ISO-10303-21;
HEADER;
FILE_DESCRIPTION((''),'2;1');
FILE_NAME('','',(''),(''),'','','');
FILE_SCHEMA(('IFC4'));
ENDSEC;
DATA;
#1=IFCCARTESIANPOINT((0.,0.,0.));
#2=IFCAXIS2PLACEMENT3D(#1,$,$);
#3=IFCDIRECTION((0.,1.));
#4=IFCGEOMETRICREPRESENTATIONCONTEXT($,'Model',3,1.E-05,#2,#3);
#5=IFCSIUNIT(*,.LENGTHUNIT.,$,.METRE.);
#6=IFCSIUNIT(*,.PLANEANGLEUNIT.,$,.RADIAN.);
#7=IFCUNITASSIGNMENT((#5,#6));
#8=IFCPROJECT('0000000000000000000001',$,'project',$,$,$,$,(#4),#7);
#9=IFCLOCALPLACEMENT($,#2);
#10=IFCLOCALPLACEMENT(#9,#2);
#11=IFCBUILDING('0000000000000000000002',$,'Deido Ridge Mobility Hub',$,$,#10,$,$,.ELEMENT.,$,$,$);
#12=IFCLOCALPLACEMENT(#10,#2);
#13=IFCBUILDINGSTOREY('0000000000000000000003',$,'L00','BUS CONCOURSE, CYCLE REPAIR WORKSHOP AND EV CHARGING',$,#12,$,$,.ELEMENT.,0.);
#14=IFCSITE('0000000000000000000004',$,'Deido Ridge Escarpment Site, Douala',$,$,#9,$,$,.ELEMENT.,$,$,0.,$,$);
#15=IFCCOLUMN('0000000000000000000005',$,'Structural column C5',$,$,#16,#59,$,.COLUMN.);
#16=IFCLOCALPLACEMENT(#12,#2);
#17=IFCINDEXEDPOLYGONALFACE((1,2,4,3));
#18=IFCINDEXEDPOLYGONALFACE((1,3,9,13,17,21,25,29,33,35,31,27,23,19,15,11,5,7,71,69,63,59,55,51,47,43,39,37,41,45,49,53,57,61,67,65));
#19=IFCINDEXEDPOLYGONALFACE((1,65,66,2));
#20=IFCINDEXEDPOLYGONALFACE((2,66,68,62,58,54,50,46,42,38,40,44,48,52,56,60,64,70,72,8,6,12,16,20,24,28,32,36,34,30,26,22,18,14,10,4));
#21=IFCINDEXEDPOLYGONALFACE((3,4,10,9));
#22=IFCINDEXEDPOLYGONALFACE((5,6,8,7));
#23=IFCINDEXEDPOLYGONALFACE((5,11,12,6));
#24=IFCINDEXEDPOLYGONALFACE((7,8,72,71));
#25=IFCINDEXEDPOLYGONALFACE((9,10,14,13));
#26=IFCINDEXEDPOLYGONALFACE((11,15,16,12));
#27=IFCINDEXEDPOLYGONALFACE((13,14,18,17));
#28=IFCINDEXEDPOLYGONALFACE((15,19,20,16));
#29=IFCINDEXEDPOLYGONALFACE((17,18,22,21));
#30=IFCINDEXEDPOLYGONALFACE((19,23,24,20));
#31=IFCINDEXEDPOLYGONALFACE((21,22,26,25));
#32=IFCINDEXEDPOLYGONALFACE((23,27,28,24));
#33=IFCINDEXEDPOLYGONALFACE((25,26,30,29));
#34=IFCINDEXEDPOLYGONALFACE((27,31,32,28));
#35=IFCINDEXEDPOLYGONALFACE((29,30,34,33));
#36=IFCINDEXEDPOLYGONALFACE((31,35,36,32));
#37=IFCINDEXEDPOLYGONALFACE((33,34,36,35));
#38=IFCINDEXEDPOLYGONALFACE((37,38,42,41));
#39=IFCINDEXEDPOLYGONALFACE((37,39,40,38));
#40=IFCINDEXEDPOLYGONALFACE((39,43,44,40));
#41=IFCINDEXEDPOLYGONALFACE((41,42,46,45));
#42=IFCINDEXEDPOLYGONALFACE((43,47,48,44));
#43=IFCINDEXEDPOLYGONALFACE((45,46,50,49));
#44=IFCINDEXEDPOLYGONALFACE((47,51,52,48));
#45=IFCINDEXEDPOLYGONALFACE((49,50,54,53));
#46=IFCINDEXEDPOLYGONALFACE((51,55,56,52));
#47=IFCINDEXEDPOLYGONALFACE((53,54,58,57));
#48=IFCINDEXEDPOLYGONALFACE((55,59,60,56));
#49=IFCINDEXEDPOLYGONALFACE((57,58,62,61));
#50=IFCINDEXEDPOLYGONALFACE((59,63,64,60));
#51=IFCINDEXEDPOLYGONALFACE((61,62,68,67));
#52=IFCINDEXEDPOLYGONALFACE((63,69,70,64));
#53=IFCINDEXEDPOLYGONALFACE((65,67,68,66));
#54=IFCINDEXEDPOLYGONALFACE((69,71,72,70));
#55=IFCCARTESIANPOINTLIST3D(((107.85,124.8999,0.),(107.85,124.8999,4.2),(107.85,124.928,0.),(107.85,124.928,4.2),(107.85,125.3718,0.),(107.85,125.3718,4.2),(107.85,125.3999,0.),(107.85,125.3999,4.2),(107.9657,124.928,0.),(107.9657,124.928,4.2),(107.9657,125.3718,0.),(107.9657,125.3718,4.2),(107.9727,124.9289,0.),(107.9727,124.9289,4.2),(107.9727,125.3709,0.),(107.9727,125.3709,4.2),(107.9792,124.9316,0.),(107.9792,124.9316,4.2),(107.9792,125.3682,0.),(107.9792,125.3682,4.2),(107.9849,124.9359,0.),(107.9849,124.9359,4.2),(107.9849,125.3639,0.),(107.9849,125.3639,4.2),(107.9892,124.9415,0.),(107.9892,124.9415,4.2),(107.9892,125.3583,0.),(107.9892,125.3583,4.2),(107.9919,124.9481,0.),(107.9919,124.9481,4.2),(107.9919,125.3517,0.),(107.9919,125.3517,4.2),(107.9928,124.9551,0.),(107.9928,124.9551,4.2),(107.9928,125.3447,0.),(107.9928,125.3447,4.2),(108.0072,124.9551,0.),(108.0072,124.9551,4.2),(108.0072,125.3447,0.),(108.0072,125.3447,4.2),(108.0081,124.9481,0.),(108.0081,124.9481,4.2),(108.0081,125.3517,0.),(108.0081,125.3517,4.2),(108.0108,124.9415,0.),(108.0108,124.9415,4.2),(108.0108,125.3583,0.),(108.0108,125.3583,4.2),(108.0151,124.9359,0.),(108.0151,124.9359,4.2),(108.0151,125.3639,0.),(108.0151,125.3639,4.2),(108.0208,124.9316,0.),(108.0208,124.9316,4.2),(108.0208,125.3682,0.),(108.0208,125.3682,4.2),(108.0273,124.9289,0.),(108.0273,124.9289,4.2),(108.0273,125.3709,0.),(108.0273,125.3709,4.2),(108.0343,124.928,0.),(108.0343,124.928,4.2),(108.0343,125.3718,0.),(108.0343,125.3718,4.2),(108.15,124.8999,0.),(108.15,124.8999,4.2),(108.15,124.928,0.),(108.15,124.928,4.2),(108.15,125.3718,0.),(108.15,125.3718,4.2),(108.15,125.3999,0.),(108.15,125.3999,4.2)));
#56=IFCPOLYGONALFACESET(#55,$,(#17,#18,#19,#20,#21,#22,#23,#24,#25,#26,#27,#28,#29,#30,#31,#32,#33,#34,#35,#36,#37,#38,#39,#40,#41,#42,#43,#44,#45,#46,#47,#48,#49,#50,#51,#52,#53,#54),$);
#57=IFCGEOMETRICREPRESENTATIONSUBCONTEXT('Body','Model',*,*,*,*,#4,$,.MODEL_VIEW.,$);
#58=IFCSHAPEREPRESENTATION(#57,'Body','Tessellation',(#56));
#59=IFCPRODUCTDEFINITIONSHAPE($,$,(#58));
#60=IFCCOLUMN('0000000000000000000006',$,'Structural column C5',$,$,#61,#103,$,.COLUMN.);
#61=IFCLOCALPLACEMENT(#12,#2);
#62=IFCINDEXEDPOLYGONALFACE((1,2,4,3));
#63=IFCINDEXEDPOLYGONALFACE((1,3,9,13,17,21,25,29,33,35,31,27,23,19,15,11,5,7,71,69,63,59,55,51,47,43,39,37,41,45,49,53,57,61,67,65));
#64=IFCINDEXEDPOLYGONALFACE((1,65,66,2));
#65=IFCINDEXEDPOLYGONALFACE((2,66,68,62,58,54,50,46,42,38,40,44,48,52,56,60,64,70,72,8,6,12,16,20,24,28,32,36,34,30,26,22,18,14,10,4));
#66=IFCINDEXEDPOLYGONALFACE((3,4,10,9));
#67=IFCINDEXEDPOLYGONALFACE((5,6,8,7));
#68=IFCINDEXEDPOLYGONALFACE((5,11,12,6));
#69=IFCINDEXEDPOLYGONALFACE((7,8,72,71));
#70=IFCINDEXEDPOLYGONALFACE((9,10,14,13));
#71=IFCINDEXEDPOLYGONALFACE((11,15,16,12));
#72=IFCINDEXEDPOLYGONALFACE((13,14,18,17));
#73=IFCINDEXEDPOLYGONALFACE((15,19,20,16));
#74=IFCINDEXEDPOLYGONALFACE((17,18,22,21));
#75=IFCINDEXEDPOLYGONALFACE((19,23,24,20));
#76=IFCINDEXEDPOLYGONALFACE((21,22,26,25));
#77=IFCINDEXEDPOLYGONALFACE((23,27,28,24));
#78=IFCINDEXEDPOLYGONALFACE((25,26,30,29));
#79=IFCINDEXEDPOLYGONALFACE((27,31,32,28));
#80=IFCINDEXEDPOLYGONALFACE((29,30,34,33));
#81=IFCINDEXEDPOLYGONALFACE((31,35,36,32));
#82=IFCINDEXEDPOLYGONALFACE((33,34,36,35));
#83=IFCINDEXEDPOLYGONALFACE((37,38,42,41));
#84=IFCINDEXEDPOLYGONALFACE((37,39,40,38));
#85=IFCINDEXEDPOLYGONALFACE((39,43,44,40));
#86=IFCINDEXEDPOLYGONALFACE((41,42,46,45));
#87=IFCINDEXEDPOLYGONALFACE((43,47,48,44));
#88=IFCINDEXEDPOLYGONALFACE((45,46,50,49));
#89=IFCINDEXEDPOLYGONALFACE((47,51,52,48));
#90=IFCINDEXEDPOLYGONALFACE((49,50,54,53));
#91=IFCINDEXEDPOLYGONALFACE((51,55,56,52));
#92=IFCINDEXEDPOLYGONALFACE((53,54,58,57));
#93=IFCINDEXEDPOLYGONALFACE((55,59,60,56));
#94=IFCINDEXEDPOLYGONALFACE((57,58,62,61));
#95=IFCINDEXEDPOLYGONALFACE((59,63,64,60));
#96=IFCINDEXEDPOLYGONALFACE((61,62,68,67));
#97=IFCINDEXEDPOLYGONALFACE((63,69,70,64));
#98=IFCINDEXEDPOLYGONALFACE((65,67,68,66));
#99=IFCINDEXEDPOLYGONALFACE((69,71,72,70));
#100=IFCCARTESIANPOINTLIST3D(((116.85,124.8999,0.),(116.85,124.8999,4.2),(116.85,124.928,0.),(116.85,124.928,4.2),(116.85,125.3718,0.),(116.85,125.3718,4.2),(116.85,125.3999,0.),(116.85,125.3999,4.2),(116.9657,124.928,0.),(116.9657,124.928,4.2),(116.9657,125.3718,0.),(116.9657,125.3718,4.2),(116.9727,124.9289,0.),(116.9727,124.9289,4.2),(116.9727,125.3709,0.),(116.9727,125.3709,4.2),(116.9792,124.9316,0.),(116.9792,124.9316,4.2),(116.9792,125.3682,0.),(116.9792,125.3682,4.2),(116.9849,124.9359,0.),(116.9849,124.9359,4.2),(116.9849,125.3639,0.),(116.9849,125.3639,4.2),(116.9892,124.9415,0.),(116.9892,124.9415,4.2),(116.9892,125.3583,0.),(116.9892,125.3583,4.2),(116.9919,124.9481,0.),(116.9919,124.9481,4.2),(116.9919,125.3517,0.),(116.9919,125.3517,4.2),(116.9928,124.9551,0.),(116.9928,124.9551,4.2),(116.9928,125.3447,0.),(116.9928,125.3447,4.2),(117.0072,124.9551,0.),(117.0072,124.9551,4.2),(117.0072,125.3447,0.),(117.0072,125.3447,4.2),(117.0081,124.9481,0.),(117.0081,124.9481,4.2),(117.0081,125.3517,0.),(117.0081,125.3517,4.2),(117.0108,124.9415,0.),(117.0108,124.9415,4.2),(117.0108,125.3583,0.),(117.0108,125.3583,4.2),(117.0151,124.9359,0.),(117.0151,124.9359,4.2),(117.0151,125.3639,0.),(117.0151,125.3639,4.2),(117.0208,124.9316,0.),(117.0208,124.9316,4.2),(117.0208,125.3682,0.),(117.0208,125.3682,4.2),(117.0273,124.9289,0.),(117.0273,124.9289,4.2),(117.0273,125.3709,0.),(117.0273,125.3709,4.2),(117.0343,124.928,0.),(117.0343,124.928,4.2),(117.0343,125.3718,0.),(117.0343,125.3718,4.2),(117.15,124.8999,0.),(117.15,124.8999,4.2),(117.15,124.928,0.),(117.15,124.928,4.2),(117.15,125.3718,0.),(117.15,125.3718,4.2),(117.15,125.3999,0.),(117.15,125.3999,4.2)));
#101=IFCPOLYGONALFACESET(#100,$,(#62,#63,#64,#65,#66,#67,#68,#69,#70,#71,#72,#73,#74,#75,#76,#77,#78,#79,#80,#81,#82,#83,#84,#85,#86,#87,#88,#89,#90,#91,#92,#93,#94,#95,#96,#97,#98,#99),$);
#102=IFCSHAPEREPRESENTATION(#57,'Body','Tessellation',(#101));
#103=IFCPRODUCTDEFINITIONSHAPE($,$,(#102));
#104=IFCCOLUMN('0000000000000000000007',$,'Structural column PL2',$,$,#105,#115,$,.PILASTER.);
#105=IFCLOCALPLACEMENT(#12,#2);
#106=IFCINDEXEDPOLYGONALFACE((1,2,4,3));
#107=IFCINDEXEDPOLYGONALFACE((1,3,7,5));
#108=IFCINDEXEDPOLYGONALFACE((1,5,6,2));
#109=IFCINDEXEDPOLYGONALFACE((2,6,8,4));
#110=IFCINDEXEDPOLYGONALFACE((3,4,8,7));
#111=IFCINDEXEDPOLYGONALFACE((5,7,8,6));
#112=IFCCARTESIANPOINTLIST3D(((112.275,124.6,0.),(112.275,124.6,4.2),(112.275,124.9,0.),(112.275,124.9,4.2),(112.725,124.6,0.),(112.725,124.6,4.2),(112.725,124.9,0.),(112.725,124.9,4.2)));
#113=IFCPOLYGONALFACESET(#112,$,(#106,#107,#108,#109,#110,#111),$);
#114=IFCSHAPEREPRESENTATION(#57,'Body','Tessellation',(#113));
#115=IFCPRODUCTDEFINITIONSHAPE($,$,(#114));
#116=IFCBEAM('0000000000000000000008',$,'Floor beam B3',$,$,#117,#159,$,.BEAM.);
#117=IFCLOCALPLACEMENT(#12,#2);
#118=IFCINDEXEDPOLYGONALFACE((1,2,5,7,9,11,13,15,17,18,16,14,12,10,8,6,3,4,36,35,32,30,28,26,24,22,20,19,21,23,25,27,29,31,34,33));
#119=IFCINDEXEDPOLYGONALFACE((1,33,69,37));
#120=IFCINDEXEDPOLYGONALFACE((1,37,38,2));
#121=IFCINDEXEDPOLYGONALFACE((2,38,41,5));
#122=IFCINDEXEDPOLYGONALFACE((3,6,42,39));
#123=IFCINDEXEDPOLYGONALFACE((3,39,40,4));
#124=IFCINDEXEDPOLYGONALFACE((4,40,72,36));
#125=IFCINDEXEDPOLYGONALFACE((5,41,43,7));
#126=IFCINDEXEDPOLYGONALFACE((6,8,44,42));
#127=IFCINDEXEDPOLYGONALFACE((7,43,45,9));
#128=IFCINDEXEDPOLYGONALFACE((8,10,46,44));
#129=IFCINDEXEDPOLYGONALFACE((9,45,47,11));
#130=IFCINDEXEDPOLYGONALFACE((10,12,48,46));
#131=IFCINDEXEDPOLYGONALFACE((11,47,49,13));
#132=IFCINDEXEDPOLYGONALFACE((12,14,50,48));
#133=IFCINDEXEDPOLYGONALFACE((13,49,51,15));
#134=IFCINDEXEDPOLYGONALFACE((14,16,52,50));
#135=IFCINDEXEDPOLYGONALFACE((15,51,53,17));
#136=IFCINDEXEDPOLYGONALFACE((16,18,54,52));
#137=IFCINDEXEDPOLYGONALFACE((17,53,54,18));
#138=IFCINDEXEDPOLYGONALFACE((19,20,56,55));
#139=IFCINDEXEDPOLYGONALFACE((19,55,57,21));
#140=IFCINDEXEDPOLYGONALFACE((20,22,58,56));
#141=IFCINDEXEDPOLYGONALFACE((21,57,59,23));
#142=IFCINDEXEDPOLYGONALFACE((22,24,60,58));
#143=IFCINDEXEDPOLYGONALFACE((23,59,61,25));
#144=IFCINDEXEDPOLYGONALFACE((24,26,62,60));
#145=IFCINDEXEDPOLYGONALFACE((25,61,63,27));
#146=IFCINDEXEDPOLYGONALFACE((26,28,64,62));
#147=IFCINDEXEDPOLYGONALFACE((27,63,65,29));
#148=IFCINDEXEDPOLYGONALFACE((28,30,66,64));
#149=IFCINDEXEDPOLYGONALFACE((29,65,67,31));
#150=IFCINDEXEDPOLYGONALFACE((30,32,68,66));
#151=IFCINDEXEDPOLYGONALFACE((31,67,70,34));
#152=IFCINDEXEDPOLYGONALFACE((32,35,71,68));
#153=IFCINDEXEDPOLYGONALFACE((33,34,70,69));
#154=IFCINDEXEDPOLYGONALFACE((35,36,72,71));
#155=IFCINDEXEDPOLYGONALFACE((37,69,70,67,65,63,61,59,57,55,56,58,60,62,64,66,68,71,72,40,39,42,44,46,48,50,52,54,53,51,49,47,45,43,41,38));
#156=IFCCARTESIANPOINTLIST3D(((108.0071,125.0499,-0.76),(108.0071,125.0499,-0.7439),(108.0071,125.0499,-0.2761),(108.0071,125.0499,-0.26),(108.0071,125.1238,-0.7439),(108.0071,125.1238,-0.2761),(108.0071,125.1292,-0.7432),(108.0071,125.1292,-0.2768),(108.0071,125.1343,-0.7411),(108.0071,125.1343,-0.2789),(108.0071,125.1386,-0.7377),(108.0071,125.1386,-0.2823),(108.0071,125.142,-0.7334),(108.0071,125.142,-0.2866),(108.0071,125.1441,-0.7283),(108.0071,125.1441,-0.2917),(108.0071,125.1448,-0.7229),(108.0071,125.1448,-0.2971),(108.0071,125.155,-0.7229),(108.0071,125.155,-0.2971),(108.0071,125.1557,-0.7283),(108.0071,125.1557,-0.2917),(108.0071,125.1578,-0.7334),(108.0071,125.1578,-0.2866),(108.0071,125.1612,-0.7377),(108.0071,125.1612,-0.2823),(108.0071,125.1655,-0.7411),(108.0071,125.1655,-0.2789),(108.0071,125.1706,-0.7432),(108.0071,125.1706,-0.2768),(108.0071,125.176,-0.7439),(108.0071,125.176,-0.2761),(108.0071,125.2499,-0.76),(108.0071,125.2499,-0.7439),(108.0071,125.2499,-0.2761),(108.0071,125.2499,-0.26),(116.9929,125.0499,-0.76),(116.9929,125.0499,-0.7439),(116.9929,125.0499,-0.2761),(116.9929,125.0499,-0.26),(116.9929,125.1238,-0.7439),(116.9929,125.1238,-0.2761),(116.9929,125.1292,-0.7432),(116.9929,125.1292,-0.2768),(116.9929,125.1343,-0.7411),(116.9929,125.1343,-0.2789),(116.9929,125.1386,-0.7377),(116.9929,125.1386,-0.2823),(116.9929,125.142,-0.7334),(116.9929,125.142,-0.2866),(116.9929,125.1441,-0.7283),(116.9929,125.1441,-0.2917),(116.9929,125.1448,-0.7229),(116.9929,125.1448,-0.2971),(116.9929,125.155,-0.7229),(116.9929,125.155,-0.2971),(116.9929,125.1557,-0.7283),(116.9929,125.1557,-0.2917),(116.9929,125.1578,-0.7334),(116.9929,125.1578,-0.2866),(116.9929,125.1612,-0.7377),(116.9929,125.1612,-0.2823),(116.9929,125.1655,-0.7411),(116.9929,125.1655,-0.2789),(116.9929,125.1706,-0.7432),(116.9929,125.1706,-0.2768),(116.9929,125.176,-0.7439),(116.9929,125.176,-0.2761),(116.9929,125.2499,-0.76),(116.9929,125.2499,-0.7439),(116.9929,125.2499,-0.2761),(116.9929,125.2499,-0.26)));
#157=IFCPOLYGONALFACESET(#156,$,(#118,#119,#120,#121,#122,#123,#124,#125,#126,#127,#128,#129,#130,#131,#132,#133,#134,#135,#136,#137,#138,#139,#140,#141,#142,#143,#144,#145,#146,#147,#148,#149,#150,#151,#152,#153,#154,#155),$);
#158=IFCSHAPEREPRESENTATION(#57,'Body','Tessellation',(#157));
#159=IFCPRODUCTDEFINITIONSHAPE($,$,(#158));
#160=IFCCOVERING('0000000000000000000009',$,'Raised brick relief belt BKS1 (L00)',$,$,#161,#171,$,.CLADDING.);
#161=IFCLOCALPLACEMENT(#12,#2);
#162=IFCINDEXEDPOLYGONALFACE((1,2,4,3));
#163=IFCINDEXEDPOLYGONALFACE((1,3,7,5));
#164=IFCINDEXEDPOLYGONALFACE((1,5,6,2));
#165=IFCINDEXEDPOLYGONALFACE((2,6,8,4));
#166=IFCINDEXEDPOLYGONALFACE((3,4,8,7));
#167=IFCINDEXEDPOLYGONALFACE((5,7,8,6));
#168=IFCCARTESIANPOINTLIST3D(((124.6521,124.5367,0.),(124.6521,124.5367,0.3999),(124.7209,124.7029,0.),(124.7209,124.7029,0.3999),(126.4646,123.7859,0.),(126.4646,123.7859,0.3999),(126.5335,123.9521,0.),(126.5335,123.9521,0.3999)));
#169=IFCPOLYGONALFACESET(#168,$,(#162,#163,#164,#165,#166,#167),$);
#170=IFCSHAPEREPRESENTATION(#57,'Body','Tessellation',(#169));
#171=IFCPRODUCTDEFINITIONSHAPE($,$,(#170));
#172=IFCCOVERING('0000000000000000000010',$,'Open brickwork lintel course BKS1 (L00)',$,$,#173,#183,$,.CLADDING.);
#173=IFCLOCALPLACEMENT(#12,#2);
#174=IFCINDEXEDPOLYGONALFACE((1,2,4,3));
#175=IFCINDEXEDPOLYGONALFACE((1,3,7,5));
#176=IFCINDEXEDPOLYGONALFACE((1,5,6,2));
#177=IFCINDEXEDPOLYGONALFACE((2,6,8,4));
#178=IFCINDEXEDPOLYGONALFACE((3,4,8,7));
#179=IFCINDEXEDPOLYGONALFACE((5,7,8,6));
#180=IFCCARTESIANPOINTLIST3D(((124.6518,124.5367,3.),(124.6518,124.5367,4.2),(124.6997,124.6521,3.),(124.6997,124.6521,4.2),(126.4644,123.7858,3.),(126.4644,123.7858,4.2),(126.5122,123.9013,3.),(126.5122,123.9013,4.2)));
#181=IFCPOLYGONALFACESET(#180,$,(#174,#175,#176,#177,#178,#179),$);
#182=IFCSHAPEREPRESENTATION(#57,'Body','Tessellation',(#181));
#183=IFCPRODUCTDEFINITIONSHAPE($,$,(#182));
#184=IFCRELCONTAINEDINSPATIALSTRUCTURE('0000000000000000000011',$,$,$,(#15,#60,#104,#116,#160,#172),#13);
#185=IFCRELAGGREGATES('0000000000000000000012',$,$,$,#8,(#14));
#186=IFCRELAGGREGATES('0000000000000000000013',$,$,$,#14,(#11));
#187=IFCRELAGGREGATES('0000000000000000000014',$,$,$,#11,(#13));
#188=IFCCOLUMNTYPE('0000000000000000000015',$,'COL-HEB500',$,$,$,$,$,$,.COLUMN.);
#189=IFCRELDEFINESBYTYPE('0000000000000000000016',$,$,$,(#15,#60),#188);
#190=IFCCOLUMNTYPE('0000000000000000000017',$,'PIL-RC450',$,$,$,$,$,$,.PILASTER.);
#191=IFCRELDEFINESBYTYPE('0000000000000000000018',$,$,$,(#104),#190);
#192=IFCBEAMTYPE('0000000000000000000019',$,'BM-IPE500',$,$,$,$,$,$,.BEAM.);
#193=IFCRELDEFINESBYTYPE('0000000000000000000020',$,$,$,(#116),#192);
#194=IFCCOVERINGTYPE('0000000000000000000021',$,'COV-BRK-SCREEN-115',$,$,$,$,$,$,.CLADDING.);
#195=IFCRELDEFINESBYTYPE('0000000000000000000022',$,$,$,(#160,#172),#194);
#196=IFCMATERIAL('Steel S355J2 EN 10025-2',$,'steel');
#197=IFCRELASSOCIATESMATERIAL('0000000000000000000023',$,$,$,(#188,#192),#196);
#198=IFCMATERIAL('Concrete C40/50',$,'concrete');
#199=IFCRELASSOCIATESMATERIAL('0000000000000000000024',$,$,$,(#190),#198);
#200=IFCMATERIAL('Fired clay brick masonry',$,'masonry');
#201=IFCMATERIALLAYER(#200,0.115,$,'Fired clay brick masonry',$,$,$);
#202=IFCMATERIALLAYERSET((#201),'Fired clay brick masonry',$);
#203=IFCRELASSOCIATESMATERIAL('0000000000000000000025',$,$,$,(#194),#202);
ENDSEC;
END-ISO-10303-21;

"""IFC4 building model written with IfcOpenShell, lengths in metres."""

from ifc_helpers import new_model, si_unit, direction, frame, origin, origin_2d, place, context, subcontext, project, spatial, rectangle, i_section, extrude, material, layer, layer_set, material_profile, profile_set, type_object, element, save


model = new_model("IFC4")

# Units and contexts
model_context = context("Model", 3, precision=1e-05, world=origin(), true_north=direction((0.0, 1.0)))
body_context = subcontext(model_context, "Body", "Model", "MODEL_VIEW")
ifc_project = project(units=[si_unit("LENGTHUNIT", "METRE"), si_unit("PLANEANGLEUNIT", "RADIAN")], contexts=[model_context])

# Site, building, storey
site_placement = place(None, origin())
site = spatial("IfcSite", under=ifc_project, at=site_placement, Name="Deido Ridge Escarpment Site, Douala", CompositionType="ELEMENT", RefElevation=0.0)
building_placement = place(site_placement, origin())
building = spatial("IfcBuilding", under=site, at=building_placement, Name="Deido Ridge Mobility Hub", CompositionType="ELEMENT")
storey_placement = place(building_placement, origin())
storey = spatial("IfcBuildingStorey", under=building, at=storey_placement, Name="L00", Description="BUS CONCOURSE, CYCLE REPAIR WORKSHOP AND EV CHARGING", CompositionType="ELEMENT", Elevation=0.0)

# Columns
ifc_material_1 = material(Name="Steel S355J2 EN 10025-2", Category="steel")
ifc_material_profile_1 = material_profile(ifc_material_1, i_section(OverallWidth=0.3, OverallDepth=0.5, WebThickness=0.0144, FlangeThickness=0.0281, FilletRadius=0.0271, at=origin_2d()), Name="HEB 500")
ifc_profile_set_1 = profile_set([ifc_material_profile_1], Name="Steel S355J2 EN 10025-2")
column_type_1 = type_object("IfcColumnType", Name="COL-HEB500", PredefinedType="COLUMN", material=ifc_profile_set_1)
for number, where, z_axis, x_axis, name in (
    (1, (108.0, 125.1499, 0.0), (0.0, 0.0, 1.0), (1.0, 0.0, 0.0), "Structural column C5"),
    (2, (117.0, 125.1499, 0.0), (0.0, 0.0, 1.0), (1.0, 0.0, 0.0), "Structural column C5"),
):
    element("IfcColumn", number, at=place(storey_placement, frame(where, z_axis=z_axis, x_axis=x_axis)), inside=storey, type_object=column_type_1, Name=name, PredefinedType="COLUMN", context=body_context, shape_type="SweptSolid", body=[
        extrude(i_section(OverallWidth=0.3, OverallDepth=0.5, WebThickness=0.0144, FlangeThickness=0.0281, FilletRadius=0.0271, at=origin_2d()), origin(), (0.0, 0.0, 1.0), 4.2),
    ])
ifc_material_2 = material(Name="Concrete C40/50", Category="concrete")
ifc_material_profile_2 = material_profile(ifc_material_2, rectangle(XDim=0.45, YDim=0.3, at=origin_2d()), Name="RC PILASTER 450x300")
ifc_profile_set_2 = profile_set([ifc_material_profile_2], Name="Concrete C40/50")
column_type_2 = type_object("IfcColumnType", Name="PIL-RC450", PredefinedType="PILASTER", material=ifc_profile_set_2)
column_placement = place(storey_placement, frame((112.5, 124.75, 0.0), z_axis=(0.0, 0.0, 1.0), x_axis=(1.0, 0.0, 0.0)))
element("IfcColumn", 3, at=column_placement, inside=storey, type_object=column_type_2, Name="Structural column PL2", PredefinedType="PILASTER", context=body_context, shape_type="SweptSolid", body=[
    extrude(rectangle(XDim=0.45, YDim=0.3, at=origin_2d()), origin(), (0.0, 0.0, 1.0), 4.2),
])

# Beam
ifc_material_profile_3 = material_profile(ifc_material_1, i_section(OverallWidth=0.2, OverallDepth=0.5, WebThickness=0.0103, FlangeThickness=0.0161, FilletRadius=0.021, at=origin_2d()), Name="IPE 500")
ifc_profile_set_3 = profile_set([ifc_material_profile_3], Name="Steel S355J2 EN 10025-2")
beam_type = type_object("IfcBeamType", Name="BM-IPE500", PredefinedType="BEAM", material=ifc_profile_set_3)
beam_placement = place(storey_placement, frame((108.0071, 125.1499, -0.51), z_axis=(1.0, 0.0, 0.0), x_axis=(0.0, 1.0, 0.0)))
element("IfcBeam", 4, at=beam_placement, inside=storey, type_object=beam_type, Name="Floor beam B3", PredefinedType="BEAM", context=body_context, shape_type="SweptSolid", body=[
    extrude(i_section(OverallWidth=0.2, OverallDepth=0.5, WebThickness=0.0103, FlangeThickness=0.0161, FilletRadius=0.021, at=origin_2d()), origin(), (0.0, 0.0, 1.0), 8.9858),
])

# Coverings
ifc_material_3 = material(Name="Fired clay brick masonry", Category="masonry")
ifc_layer = layer(ifc_material_3, 0.115, Name="Fired clay brick masonry")
ifc_layer_set = layer_set([ifc_layer], Name="Fired clay brick masonry")
covering_type = type_object("IfcCoveringType", Name="COV-BRK-SCREEN-115", PredefinedType="CLADDING", material=ifc_layer_set)
covering_1_placement = place(storey_placement, frame((125.5928, 124.2444, 0.0), z_axis=(0.0, 0.0, 1.0), x_axis=(-0.923873, 0.3827, 0.0)))
element("IfcCovering", 5, at=covering_1_placement, inside=storey, type_object=covering_type, Name="Raised brick relief belt BKS1 (L00)", PredefinedType="CLADDING", context=body_context, shape_type="SweptSolid", body=[
    extrude(rectangle(XDim=1.9619, YDim=0.1799, at=origin_2d()), origin(), (0.0, 0.0, 1.0), 0.3999),
])
covering_2_placement = place(storey_placement, frame((125.582, 124.219, 3.0), z_axis=(0.0, 0.0, 1.0), x_axis=(-0.923873, 0.3827, 0.0)))
element("IfcCovering", 6, at=covering_2_placement, inside=storey, type_object=covering_type, Name="Open brickwork lintel course BKS1 (L00)", PredefinedType="CLADDING", context=body_context, shape_type="SweptSolid", body=[
    extrude(rectangle(XDim=1.9619, YDim=0.125, at=origin_2d()), origin(), (0.0, 0.0, 1.0), 1.2),
])

save(model, "model.ifc")
